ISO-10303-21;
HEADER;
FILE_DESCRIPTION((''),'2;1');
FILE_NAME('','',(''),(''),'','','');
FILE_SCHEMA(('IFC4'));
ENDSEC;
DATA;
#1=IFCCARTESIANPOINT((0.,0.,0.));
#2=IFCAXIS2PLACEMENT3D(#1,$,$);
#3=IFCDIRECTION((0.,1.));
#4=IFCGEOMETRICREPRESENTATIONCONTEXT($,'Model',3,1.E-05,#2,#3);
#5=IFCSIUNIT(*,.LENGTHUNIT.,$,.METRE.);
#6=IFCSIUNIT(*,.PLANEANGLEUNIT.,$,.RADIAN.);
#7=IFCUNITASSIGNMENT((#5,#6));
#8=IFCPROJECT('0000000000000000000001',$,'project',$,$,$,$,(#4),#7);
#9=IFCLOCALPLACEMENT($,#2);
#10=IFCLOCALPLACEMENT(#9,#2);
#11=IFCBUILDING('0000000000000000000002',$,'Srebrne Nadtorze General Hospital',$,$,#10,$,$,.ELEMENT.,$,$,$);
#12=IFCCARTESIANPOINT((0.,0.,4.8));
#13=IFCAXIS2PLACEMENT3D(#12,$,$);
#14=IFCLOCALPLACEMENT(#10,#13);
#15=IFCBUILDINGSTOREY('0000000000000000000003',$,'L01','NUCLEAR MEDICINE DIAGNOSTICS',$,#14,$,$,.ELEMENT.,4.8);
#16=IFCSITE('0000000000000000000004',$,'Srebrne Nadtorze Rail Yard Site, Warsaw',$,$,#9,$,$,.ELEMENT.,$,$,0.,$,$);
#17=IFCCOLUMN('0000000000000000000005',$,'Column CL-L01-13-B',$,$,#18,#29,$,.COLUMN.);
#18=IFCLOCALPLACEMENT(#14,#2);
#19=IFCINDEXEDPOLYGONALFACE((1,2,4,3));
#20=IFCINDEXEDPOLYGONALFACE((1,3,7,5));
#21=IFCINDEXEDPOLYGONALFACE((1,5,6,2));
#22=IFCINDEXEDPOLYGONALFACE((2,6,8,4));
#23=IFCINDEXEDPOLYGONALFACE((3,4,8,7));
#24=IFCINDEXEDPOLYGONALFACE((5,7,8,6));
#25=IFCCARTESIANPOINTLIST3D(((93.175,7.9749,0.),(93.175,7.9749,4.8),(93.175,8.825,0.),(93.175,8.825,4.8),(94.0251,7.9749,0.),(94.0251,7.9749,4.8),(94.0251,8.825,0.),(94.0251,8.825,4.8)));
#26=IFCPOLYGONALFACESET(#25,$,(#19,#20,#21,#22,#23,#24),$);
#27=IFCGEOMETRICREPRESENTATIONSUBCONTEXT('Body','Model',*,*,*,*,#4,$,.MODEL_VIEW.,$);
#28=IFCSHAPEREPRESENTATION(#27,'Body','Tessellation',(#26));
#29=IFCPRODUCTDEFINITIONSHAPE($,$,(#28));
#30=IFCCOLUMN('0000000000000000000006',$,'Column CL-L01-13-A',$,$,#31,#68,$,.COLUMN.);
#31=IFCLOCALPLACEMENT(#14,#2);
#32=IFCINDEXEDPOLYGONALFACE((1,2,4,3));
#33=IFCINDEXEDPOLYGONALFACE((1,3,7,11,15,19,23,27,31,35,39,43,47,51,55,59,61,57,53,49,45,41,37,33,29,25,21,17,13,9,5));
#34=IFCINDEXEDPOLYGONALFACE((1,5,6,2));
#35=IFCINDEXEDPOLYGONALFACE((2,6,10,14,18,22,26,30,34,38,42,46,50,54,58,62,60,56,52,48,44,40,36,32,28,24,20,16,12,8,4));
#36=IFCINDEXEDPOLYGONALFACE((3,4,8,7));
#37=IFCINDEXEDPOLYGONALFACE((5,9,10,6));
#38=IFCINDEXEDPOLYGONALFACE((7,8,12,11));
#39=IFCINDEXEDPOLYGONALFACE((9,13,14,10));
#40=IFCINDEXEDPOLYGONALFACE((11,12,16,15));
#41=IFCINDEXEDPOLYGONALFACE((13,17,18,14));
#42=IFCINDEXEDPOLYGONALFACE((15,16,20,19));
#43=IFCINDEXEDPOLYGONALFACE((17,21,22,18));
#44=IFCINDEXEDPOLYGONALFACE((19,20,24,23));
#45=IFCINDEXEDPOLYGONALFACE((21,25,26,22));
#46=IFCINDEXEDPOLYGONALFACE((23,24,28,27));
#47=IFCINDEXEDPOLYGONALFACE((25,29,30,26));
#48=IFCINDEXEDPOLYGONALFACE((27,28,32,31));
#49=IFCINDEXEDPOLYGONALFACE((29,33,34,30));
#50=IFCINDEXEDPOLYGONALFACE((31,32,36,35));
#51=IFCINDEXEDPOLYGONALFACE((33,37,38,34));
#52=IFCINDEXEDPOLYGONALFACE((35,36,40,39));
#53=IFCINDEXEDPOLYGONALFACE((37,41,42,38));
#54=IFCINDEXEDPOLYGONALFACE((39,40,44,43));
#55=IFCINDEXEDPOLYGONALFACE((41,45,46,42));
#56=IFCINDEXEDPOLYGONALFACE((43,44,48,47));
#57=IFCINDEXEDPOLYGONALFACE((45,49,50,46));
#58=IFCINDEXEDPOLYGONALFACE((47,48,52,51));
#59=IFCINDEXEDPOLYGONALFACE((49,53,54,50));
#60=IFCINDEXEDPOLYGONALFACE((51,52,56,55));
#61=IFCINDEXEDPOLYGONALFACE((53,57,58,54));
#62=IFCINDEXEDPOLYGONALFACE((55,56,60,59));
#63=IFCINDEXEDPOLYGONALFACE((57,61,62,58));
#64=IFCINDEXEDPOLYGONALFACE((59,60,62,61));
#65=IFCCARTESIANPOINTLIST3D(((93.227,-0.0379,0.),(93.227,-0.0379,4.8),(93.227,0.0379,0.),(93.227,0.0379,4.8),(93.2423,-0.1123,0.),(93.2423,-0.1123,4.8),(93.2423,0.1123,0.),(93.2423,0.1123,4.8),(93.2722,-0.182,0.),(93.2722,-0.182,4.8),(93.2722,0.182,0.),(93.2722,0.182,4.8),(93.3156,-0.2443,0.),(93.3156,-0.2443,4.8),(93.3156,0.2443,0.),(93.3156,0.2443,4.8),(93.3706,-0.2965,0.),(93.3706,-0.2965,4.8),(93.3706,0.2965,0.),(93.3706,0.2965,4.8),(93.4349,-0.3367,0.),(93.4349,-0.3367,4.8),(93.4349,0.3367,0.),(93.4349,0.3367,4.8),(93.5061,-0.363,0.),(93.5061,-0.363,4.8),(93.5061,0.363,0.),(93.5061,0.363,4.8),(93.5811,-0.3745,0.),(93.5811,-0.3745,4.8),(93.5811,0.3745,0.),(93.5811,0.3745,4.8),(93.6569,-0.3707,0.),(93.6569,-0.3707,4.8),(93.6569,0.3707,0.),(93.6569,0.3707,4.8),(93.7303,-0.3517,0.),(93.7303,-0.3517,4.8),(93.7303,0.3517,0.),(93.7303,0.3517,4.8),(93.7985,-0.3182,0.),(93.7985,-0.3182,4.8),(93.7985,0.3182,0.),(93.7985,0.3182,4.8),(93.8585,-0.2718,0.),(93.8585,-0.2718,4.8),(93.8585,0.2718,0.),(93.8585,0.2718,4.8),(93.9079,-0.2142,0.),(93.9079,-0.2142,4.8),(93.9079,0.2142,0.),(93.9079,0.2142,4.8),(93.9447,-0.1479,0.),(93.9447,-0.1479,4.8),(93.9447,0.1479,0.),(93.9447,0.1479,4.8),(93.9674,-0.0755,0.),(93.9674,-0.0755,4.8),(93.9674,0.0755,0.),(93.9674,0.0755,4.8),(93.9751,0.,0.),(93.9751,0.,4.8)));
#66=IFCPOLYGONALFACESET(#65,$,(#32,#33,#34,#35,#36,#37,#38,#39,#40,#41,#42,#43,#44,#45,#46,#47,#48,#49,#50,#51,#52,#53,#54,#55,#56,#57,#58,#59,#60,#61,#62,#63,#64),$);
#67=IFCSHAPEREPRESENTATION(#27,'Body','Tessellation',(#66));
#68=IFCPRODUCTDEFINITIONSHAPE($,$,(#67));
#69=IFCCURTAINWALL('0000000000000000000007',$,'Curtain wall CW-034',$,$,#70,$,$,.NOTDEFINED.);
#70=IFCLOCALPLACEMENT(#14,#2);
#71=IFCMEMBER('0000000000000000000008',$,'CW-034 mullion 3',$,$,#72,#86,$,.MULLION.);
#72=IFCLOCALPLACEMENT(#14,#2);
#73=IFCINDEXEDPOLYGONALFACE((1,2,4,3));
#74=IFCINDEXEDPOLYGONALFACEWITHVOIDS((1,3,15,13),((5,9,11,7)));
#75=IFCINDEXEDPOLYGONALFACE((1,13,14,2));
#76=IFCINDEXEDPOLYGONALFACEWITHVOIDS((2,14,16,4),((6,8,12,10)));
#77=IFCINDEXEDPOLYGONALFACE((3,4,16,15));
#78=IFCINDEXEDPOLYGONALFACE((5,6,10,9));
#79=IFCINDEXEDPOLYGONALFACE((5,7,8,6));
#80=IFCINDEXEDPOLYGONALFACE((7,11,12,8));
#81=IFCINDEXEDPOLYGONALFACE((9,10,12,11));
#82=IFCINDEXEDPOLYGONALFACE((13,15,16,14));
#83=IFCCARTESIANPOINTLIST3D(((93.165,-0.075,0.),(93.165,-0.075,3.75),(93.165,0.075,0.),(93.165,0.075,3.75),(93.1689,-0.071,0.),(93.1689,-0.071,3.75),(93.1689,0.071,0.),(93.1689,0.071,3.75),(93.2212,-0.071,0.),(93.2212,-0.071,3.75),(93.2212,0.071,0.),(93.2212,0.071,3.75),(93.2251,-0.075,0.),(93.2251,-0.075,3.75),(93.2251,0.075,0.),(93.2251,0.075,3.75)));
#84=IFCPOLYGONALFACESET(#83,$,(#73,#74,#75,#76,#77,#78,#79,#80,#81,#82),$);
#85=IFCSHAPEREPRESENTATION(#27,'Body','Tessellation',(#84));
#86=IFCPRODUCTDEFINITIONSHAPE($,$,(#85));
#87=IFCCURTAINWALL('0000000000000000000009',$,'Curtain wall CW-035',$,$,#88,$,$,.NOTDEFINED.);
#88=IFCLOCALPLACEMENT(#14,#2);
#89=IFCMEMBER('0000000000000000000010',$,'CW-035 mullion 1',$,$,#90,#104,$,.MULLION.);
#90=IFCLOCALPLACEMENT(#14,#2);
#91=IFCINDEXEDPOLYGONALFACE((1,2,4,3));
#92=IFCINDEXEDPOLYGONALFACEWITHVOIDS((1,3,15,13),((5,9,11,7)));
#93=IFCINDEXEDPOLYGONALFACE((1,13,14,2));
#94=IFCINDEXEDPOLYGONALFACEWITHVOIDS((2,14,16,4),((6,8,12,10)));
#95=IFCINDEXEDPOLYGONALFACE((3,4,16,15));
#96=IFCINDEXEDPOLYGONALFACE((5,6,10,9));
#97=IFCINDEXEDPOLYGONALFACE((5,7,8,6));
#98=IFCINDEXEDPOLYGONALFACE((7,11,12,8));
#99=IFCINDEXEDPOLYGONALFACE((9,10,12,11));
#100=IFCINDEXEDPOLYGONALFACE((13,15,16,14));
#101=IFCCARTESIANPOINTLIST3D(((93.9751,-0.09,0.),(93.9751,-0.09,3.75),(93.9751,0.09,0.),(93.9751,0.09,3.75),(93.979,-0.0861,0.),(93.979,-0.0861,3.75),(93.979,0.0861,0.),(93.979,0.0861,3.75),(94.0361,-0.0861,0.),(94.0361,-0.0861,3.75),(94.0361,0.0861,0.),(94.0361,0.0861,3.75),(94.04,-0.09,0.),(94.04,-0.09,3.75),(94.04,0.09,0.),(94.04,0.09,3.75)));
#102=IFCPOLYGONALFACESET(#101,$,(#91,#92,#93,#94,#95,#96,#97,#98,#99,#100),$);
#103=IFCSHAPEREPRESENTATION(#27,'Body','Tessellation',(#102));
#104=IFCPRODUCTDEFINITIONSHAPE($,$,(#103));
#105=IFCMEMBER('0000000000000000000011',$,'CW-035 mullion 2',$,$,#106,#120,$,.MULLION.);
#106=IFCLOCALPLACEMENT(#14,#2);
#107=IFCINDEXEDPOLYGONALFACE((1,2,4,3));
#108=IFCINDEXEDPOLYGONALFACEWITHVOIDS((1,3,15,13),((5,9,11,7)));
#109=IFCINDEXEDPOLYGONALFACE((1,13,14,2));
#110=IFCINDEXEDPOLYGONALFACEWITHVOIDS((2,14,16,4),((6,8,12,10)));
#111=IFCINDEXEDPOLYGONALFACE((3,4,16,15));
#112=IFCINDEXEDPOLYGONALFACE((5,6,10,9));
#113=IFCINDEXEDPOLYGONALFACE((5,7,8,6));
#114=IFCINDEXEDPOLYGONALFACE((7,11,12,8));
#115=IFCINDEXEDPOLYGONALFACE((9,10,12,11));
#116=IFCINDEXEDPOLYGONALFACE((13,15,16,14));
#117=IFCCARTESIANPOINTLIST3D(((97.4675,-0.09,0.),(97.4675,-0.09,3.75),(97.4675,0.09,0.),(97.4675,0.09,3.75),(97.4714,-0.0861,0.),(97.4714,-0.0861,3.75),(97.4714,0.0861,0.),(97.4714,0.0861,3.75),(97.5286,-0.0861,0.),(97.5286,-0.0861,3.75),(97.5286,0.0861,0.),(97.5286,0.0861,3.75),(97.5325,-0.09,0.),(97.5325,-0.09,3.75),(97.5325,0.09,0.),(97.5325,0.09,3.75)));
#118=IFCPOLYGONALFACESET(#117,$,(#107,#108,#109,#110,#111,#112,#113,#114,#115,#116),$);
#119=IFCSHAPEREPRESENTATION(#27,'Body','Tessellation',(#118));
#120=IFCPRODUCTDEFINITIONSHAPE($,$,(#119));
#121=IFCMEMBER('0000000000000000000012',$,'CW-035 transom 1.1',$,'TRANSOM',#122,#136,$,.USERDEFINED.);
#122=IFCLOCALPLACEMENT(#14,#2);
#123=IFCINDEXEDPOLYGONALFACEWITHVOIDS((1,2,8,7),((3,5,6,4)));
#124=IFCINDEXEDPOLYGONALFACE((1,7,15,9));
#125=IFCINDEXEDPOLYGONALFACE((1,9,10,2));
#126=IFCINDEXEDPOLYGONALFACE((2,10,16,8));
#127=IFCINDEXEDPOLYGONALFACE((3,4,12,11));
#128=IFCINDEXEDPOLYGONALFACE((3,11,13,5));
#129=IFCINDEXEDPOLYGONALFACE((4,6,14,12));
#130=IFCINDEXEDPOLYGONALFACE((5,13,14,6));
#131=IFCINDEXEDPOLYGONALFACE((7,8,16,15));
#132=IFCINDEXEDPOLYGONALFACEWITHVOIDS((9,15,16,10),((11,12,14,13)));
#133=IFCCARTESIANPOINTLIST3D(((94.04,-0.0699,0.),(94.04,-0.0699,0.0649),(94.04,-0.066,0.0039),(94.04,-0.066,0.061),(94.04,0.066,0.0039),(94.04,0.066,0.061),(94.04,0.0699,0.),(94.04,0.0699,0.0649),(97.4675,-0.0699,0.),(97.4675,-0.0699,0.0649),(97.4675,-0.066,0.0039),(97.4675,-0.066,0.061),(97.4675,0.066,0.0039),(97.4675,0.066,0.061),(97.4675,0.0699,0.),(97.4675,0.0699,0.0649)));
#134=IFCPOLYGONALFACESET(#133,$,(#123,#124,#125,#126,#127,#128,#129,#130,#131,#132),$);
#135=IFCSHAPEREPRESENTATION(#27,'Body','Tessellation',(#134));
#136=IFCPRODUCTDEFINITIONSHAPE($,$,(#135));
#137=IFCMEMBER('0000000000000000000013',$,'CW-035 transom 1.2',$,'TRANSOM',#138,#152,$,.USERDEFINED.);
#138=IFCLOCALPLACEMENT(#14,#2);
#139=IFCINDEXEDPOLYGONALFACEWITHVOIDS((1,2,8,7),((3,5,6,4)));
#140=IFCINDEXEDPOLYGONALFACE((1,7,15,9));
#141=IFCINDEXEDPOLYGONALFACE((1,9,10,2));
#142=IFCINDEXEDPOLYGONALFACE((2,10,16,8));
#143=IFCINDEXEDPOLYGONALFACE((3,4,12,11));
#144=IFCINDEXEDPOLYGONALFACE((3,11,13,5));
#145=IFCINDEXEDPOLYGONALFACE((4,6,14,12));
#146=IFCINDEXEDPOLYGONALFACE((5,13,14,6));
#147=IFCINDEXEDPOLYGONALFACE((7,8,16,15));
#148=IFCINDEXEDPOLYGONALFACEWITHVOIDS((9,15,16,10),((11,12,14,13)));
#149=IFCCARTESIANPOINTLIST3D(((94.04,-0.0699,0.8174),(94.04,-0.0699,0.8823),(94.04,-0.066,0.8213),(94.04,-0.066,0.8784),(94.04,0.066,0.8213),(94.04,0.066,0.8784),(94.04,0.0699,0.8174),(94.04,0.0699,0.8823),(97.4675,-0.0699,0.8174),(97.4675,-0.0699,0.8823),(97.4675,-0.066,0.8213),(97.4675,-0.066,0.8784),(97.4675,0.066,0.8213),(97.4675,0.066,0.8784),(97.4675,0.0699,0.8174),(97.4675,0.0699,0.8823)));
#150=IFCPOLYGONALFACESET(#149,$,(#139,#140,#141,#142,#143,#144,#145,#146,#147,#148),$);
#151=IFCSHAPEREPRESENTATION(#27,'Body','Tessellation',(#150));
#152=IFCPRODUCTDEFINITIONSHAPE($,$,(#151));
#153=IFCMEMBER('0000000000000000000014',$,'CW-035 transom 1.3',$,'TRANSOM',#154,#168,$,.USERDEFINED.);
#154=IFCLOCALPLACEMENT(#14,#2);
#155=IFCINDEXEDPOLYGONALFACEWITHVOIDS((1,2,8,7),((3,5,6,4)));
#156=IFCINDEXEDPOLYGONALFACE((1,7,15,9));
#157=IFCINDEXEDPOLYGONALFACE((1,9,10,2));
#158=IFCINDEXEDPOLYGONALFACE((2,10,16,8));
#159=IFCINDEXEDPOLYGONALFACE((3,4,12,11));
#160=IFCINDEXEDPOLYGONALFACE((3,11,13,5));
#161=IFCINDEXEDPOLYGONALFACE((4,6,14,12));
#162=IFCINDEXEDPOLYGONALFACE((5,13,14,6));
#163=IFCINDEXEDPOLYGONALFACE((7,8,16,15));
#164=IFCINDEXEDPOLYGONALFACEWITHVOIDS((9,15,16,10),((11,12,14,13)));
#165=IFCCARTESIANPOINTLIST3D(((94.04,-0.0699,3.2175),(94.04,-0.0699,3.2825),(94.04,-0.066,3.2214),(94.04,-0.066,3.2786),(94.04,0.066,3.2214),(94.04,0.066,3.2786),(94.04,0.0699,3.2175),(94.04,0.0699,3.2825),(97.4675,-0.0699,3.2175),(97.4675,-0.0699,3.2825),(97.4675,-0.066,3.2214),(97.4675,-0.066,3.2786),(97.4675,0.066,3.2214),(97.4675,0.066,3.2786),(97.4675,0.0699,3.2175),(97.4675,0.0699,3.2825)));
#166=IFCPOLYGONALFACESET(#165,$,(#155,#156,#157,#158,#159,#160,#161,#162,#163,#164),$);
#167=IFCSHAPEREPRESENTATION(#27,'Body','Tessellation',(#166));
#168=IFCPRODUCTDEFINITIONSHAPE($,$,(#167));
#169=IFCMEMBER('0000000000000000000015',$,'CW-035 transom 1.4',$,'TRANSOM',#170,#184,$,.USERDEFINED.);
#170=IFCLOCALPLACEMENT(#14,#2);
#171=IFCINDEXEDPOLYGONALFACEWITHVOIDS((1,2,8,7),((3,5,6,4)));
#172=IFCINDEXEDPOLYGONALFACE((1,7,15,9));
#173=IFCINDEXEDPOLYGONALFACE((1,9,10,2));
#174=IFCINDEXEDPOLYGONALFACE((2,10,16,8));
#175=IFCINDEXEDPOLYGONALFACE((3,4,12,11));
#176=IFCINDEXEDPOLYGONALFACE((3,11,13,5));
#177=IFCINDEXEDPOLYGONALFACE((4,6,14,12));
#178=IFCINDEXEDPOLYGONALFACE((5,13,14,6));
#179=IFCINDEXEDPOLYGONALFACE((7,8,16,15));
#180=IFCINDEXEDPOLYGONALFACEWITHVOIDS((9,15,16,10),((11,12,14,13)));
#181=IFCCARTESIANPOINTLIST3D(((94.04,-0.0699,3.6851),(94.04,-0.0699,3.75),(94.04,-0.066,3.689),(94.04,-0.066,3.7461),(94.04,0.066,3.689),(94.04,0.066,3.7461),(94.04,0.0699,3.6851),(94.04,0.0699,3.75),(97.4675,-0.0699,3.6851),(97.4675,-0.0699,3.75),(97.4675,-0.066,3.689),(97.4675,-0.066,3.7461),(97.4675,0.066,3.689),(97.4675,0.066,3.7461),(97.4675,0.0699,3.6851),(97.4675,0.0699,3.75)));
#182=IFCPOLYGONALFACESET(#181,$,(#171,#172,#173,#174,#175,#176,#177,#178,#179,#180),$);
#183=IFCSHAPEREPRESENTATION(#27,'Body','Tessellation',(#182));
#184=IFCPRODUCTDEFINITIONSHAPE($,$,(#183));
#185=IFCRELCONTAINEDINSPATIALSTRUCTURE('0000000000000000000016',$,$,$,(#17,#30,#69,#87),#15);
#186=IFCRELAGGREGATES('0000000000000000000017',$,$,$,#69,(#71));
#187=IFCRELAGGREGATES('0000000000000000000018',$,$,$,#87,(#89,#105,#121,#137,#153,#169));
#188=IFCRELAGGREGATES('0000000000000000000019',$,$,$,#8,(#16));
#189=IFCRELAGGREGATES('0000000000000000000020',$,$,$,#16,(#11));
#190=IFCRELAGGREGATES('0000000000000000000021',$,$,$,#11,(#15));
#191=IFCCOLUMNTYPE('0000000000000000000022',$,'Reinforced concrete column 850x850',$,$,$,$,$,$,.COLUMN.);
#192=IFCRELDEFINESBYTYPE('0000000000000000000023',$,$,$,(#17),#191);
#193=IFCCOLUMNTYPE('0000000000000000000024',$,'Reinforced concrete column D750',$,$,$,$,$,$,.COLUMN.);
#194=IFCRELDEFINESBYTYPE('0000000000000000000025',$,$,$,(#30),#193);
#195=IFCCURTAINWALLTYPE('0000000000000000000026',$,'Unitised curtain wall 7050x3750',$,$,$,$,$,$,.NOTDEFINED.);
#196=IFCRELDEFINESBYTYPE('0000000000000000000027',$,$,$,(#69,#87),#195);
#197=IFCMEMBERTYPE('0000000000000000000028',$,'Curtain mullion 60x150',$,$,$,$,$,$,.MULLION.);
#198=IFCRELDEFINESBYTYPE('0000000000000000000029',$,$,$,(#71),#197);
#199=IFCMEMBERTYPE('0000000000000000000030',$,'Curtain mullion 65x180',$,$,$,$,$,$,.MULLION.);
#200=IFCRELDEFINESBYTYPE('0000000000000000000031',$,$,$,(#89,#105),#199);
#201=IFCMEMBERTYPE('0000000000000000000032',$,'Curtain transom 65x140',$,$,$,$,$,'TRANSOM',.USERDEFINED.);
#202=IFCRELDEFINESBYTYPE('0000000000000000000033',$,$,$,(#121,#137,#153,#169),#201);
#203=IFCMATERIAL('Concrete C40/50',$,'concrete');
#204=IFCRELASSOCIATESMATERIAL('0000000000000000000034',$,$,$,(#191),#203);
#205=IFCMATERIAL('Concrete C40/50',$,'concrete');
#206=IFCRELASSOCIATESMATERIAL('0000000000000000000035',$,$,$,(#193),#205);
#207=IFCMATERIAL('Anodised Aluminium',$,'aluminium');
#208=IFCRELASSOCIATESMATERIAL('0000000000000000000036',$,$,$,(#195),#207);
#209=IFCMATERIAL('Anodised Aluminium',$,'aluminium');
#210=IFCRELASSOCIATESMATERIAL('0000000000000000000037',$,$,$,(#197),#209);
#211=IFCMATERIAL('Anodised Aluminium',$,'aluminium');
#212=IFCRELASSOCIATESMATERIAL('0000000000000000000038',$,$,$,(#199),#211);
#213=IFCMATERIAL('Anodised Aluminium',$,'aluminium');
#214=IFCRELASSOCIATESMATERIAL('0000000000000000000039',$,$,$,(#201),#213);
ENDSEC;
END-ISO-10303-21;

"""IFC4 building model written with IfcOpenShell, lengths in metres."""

from ifc_helpers import new_model, si_unit, direction, frame, origin, origin_2d, place, context, subcontext, project, spatial, rectangle, hollow_rectangle, circle, extrude, material, material_profile, profile_set, type_object, element, aggregate, save


model = new_model("IFC4")

# Units and contexts
model_context = context("Model", 3, precision=1e-05, world=origin(), true_north=direction((0.0, 1.0)))
body_context = subcontext(model_context, "Body", "Model", "MODEL_VIEW")
ifc_project = project(units=[si_unit("LENGTHUNIT", "METRE"), si_unit("PLANEANGLEUNIT", "RADIAN")], contexts=[model_context])

# Site, building, storey
site_placement = place(None, origin())
site = spatial("IfcSite", under=ifc_project, at=site_placement, Name="Srebrne Nadtorze Rail Yard Site, Warsaw", CompositionType="ELEMENT", RefElevation=0.0)
building_placement = place(site_placement, origin())
building = spatial("IfcBuilding", under=site, at=building_placement, Name="Srebrne Nadtorze General Hospital", CompositionType="ELEMENT")
storey_placement = place(building_placement, frame((0.0, 0.0, 4.8)))
storey = spatial("IfcBuildingStorey", under=building, at=storey_placement, Name="L01", Description="NUCLEAR MEDICINE DIAGNOSTICS", CompositionType="ELEMENT", Elevation=4.8)

# Columns
ifc_material_1 = material(Name="Concrete C40/50", Category="concrete")
ifc_material_profile_1 = material_profile(ifc_material_1, rectangle(XDim=0.8501, YDim=0.8501, at=origin_2d()), Name="RC-COL-850x850")
ifc_profile_set_1 = profile_set([ifc_material_profile_1], Name="Concrete C40/50")
column_type_1 = type_object("IfcColumnType", Name="Reinforced concrete column 850x850", PredefinedType="COLUMN", material=ifc_profile_set_1)
column_1_placement = place(storey_placement, frame((93.6001, 8.3999, 0.0), z_axis=(0.0, 0.0, 1.0), x_axis=(1.0, 0.0, 0.0)))
element("IfcColumn", 1, at=column_1_placement, inside=storey, type_object=column_type_1, Name="Column CL-L01-13-B", PredefinedType="COLUMN", context=body_context, shape_type="SweptSolid", body=[
    extrude(rectangle(XDim=0.8501, YDim=0.8501, at=origin_2d()), origin(), (0.0, 0.0, 1.0), 4.8),
])
ifc_material_2 = material(Name="Concrete C40/50", Category="concrete")
ifc_material_profile_2 = material_profile(ifc_material_2, circle(Radius=0.375, at=origin_2d()), Name="RC-COL-D750")
ifc_profile_set_2 = profile_set([ifc_material_profile_2], Name="Concrete C40/50")
column_type_2 = type_object("IfcColumnType", Name="Reinforced concrete column D750", PredefinedType="COLUMN", material=ifc_profile_set_2)
column_2_placement = place(storey_placement, frame((93.6001, 0.0, 0.0), z_axis=(0.0, 0.0, 1.0), x_axis=(1.0, 0.0, 0.0)))
element("IfcColumn", 2, at=column_2_placement, inside=storey, type_object=column_type_2, Name="Column CL-L01-13-A", PredefinedType="COLUMN", context=body_context, shape_type="SweptSolid", body=[
    extrude(circle(Radius=0.375, at=origin_2d()), origin(), (0.0, 0.0, 1.0), 4.8),
])

# Curtain wall, member
ifc_material_3 = material(Name="Anodised Aluminium", Category="aluminium")
curtain_wall_type = type_object("IfcCurtainWallType", Name="Unitised curtain wall 7050x3750", PredefinedType="NOTDEFINED", material=ifc_material_3)
curtain_wall_1_placement = place(storey_placement, origin())
curtain_wall_1 = element("IfcCurtainWall", 3, at=curtain_wall_1_placement, inside=storey, type_object=curtain_wall_type, Name="Curtain wall CW-034", PredefinedType="NOTDEFINED")
ifc_material_4 = material(Name="Anodised Aluminium", Category="aluminium")
ifc_material_profile_3 = material_profile(ifc_material_4, hollow_rectangle(XDim=0.0601, YDim=0.1499, WallThickness=0.0039, at=origin_2d()), Name="AL-MUL-60x150")
ifc_profile_set_3 = profile_set([ifc_material_profile_3], Name="Anodised Aluminium")
member_type_1 = type_object("IfcMemberType", Name="Curtain mullion 60x150", PredefinedType="MULLION", material=ifc_profile_set_3)
member_1_placement = place(storey_placement, frame((93.1951, 0.0, 0.0), z_axis=(0.0, 0.0, 1.0), x_axis=(1.0, 0.0, 0.0)))
member_1 = element("IfcMember", 4, at=member_1_placement, type_object=member_type_1, Name="CW-034 mullion 3", PredefinedType="MULLION", context=body_context, shape_type="SweptSolid", body=[
    extrude(hollow_rectangle(XDim=0.0601, YDim=0.1499, WallThickness=0.0039, at=origin_2d()), origin(), (0.0, 0.0, 1.0), 3.75),
])

# Curtain wall, members
curtain_wall_2_placement = place(storey_placement, origin())
curtain_wall_2 = element("IfcCurtainWall", 5, at=curtain_wall_2_placement, inside=storey, type_object=curtain_wall_type, Name="Curtain wall CW-035", PredefinedType="NOTDEFINED")
ifc_material_5 = material(Name="Anodised Aluminium", Category="aluminium")
ifc_material_profile_4 = material_profile(ifc_material_5, hollow_rectangle(XDim=0.0649, YDim=0.1799, WallThickness=0.0039, at=origin_2d()), Name="AL-MUL-65x180")
ifc_profile_set_4 = profile_set([ifc_material_profile_4], Name="Anodised Aluminium")
member_type_2 = type_object("IfcMemberType", Name="Curtain mullion 65x180", PredefinedType="MULLION", material=ifc_profile_set_4)
member_2_placement = place(storey_placement, frame((94.0076, 0.0, 0.0), z_axis=(0.0, 0.0, 1.0), x_axis=(1.0, 0.0, 0.0)))
member_2 = element("IfcMember", 6, at=member_2_placement, type_object=member_type_2, Name="CW-035 mullion 1", PredefinedType="MULLION", context=body_context, shape_type="SweptSolid", body=[
    extrude(hollow_rectangle(XDim=0.0649, YDim=0.1799, WallThickness=0.0039, at=origin_2d()), origin(), (0.0, 0.0, 1.0), 3.75),
])
member_3_placement = place(storey_placement, frame((97.5, 0.0, 0.0), z_axis=(0.0, 0.0, 1.0), x_axis=(1.0, 0.0, 0.0)))
member_3 = element("IfcMember", 7, at=member_3_placement, type_object=member_type_2, Name="CW-035 mullion 2", PredefinedType="MULLION", context=body_context, shape_type="SweptSolid", body=[
    extrude(hollow_rectangle(XDim=0.0649, YDim=0.1799, WallThickness=0.0039, at=origin_2d()), origin(), (0.0, 0.0, 1.0), 3.75),
])
ifc_material_6 = material(Name="Anodised Aluminium", Category="aluminium")
ifc_material_profile_5 = material_profile(ifc_material_6, hollow_rectangle(XDim=0.0649, YDim=0.1399, WallThickness=0.0039, at=origin_2d()), Name="AL-TRN-65x140")
ifc_profile_set_5 = profile_set([ifc_material_profile_5], Name="Anodised Aluminium")
member_type_3 = type_object("IfcMemberType", Name="Curtain transom 65x140", ElementType="TRANSOM", PredefinedType="USERDEFINED", material=ifc_profile_set_5)
member_4_placement = place(storey_placement, frame((94.04, 0.0, 0.0325), z_axis=(1.0, 0.0, 0.0), x_axis=(0.0, 0.0, 1.0)))
member_4 = element("IfcMember", 8, at=member_4_placement, type_object=member_type_3, Name="CW-035 transom 1.1", ObjectType="TRANSOM", PredefinedType="USERDEFINED", context=body_context, shape_type="SweptSolid", body=[
    extrude(hollow_rectangle(XDim=0.0649, YDim=0.1399, WallThickness=0.0039, at=origin_2d()), origin(), (0.0, 0.0, 1.0), 3.4275),
])
member_5_placement = place(storey_placement, frame((94.04, 0.0, 0.8499), z_axis=(1.0, 0.0, 0.0), x_axis=(0.0, 0.0, 1.0)))
member_5 = element("IfcMember", 9, at=member_5_placement, type_object=member_type_3, Name="CW-035 transom 1.2", ObjectType="TRANSOM", PredefinedType="USERDEFINED", context=body_context, shape_type="SweptSolid", body=[
    extrude(hollow_rectangle(XDim=0.0649, YDim=0.1399, WallThickness=0.0039, at=origin_2d()), origin(), (0.0, 0.0, 1.0), 3.4275),
])
member_6_placement = place(storey_placement, frame((94.04, 0.0, 3.25), z_axis=(1.0, 0.0, 0.0), x_axis=(0.0, 0.0, 1.0)))
member_6 = element("IfcMember", 10, at=member_6_placement, type_object=member_type_3, Name="CW-035 transom 1.3", ObjectType="TRANSOM", PredefinedType="USERDEFINED", context=body_context, shape_type="SweptSolid", body=[
    extrude(hollow_rectangle(XDim=0.0649, YDim=0.1399, WallThickness=0.0039, at=origin_2d()), origin(), (0.0, 0.0, 1.0), 3.4275),
])
member_7_placement = place(storey_placement, frame((94.04, 0.0, 3.7175), z_axis=(1.0, 0.0, 0.0), x_axis=(0.0, 0.0, 1.0)))
member_7 = element("IfcMember", 11, at=member_7_placement, type_object=member_type_3, Name="CW-035 transom 1.4", ObjectType="TRANSOM", PredefinedType="USERDEFINED", context=body_context, shape_type="SweptSolid", body=[
    extrude(hollow_rectangle(XDim=0.0649, YDim=0.1399, WallThickness=0.0039, at=origin_2d()), origin(), (0.0, 0.0, 1.0), 3.4275),
])

aggregate(curtain_wall_1, [member_1])
aggregate(curtain_wall_2, [member_2, member_3, member_4, member_5, member_6, member_7])

save(model, "model.ifc")
